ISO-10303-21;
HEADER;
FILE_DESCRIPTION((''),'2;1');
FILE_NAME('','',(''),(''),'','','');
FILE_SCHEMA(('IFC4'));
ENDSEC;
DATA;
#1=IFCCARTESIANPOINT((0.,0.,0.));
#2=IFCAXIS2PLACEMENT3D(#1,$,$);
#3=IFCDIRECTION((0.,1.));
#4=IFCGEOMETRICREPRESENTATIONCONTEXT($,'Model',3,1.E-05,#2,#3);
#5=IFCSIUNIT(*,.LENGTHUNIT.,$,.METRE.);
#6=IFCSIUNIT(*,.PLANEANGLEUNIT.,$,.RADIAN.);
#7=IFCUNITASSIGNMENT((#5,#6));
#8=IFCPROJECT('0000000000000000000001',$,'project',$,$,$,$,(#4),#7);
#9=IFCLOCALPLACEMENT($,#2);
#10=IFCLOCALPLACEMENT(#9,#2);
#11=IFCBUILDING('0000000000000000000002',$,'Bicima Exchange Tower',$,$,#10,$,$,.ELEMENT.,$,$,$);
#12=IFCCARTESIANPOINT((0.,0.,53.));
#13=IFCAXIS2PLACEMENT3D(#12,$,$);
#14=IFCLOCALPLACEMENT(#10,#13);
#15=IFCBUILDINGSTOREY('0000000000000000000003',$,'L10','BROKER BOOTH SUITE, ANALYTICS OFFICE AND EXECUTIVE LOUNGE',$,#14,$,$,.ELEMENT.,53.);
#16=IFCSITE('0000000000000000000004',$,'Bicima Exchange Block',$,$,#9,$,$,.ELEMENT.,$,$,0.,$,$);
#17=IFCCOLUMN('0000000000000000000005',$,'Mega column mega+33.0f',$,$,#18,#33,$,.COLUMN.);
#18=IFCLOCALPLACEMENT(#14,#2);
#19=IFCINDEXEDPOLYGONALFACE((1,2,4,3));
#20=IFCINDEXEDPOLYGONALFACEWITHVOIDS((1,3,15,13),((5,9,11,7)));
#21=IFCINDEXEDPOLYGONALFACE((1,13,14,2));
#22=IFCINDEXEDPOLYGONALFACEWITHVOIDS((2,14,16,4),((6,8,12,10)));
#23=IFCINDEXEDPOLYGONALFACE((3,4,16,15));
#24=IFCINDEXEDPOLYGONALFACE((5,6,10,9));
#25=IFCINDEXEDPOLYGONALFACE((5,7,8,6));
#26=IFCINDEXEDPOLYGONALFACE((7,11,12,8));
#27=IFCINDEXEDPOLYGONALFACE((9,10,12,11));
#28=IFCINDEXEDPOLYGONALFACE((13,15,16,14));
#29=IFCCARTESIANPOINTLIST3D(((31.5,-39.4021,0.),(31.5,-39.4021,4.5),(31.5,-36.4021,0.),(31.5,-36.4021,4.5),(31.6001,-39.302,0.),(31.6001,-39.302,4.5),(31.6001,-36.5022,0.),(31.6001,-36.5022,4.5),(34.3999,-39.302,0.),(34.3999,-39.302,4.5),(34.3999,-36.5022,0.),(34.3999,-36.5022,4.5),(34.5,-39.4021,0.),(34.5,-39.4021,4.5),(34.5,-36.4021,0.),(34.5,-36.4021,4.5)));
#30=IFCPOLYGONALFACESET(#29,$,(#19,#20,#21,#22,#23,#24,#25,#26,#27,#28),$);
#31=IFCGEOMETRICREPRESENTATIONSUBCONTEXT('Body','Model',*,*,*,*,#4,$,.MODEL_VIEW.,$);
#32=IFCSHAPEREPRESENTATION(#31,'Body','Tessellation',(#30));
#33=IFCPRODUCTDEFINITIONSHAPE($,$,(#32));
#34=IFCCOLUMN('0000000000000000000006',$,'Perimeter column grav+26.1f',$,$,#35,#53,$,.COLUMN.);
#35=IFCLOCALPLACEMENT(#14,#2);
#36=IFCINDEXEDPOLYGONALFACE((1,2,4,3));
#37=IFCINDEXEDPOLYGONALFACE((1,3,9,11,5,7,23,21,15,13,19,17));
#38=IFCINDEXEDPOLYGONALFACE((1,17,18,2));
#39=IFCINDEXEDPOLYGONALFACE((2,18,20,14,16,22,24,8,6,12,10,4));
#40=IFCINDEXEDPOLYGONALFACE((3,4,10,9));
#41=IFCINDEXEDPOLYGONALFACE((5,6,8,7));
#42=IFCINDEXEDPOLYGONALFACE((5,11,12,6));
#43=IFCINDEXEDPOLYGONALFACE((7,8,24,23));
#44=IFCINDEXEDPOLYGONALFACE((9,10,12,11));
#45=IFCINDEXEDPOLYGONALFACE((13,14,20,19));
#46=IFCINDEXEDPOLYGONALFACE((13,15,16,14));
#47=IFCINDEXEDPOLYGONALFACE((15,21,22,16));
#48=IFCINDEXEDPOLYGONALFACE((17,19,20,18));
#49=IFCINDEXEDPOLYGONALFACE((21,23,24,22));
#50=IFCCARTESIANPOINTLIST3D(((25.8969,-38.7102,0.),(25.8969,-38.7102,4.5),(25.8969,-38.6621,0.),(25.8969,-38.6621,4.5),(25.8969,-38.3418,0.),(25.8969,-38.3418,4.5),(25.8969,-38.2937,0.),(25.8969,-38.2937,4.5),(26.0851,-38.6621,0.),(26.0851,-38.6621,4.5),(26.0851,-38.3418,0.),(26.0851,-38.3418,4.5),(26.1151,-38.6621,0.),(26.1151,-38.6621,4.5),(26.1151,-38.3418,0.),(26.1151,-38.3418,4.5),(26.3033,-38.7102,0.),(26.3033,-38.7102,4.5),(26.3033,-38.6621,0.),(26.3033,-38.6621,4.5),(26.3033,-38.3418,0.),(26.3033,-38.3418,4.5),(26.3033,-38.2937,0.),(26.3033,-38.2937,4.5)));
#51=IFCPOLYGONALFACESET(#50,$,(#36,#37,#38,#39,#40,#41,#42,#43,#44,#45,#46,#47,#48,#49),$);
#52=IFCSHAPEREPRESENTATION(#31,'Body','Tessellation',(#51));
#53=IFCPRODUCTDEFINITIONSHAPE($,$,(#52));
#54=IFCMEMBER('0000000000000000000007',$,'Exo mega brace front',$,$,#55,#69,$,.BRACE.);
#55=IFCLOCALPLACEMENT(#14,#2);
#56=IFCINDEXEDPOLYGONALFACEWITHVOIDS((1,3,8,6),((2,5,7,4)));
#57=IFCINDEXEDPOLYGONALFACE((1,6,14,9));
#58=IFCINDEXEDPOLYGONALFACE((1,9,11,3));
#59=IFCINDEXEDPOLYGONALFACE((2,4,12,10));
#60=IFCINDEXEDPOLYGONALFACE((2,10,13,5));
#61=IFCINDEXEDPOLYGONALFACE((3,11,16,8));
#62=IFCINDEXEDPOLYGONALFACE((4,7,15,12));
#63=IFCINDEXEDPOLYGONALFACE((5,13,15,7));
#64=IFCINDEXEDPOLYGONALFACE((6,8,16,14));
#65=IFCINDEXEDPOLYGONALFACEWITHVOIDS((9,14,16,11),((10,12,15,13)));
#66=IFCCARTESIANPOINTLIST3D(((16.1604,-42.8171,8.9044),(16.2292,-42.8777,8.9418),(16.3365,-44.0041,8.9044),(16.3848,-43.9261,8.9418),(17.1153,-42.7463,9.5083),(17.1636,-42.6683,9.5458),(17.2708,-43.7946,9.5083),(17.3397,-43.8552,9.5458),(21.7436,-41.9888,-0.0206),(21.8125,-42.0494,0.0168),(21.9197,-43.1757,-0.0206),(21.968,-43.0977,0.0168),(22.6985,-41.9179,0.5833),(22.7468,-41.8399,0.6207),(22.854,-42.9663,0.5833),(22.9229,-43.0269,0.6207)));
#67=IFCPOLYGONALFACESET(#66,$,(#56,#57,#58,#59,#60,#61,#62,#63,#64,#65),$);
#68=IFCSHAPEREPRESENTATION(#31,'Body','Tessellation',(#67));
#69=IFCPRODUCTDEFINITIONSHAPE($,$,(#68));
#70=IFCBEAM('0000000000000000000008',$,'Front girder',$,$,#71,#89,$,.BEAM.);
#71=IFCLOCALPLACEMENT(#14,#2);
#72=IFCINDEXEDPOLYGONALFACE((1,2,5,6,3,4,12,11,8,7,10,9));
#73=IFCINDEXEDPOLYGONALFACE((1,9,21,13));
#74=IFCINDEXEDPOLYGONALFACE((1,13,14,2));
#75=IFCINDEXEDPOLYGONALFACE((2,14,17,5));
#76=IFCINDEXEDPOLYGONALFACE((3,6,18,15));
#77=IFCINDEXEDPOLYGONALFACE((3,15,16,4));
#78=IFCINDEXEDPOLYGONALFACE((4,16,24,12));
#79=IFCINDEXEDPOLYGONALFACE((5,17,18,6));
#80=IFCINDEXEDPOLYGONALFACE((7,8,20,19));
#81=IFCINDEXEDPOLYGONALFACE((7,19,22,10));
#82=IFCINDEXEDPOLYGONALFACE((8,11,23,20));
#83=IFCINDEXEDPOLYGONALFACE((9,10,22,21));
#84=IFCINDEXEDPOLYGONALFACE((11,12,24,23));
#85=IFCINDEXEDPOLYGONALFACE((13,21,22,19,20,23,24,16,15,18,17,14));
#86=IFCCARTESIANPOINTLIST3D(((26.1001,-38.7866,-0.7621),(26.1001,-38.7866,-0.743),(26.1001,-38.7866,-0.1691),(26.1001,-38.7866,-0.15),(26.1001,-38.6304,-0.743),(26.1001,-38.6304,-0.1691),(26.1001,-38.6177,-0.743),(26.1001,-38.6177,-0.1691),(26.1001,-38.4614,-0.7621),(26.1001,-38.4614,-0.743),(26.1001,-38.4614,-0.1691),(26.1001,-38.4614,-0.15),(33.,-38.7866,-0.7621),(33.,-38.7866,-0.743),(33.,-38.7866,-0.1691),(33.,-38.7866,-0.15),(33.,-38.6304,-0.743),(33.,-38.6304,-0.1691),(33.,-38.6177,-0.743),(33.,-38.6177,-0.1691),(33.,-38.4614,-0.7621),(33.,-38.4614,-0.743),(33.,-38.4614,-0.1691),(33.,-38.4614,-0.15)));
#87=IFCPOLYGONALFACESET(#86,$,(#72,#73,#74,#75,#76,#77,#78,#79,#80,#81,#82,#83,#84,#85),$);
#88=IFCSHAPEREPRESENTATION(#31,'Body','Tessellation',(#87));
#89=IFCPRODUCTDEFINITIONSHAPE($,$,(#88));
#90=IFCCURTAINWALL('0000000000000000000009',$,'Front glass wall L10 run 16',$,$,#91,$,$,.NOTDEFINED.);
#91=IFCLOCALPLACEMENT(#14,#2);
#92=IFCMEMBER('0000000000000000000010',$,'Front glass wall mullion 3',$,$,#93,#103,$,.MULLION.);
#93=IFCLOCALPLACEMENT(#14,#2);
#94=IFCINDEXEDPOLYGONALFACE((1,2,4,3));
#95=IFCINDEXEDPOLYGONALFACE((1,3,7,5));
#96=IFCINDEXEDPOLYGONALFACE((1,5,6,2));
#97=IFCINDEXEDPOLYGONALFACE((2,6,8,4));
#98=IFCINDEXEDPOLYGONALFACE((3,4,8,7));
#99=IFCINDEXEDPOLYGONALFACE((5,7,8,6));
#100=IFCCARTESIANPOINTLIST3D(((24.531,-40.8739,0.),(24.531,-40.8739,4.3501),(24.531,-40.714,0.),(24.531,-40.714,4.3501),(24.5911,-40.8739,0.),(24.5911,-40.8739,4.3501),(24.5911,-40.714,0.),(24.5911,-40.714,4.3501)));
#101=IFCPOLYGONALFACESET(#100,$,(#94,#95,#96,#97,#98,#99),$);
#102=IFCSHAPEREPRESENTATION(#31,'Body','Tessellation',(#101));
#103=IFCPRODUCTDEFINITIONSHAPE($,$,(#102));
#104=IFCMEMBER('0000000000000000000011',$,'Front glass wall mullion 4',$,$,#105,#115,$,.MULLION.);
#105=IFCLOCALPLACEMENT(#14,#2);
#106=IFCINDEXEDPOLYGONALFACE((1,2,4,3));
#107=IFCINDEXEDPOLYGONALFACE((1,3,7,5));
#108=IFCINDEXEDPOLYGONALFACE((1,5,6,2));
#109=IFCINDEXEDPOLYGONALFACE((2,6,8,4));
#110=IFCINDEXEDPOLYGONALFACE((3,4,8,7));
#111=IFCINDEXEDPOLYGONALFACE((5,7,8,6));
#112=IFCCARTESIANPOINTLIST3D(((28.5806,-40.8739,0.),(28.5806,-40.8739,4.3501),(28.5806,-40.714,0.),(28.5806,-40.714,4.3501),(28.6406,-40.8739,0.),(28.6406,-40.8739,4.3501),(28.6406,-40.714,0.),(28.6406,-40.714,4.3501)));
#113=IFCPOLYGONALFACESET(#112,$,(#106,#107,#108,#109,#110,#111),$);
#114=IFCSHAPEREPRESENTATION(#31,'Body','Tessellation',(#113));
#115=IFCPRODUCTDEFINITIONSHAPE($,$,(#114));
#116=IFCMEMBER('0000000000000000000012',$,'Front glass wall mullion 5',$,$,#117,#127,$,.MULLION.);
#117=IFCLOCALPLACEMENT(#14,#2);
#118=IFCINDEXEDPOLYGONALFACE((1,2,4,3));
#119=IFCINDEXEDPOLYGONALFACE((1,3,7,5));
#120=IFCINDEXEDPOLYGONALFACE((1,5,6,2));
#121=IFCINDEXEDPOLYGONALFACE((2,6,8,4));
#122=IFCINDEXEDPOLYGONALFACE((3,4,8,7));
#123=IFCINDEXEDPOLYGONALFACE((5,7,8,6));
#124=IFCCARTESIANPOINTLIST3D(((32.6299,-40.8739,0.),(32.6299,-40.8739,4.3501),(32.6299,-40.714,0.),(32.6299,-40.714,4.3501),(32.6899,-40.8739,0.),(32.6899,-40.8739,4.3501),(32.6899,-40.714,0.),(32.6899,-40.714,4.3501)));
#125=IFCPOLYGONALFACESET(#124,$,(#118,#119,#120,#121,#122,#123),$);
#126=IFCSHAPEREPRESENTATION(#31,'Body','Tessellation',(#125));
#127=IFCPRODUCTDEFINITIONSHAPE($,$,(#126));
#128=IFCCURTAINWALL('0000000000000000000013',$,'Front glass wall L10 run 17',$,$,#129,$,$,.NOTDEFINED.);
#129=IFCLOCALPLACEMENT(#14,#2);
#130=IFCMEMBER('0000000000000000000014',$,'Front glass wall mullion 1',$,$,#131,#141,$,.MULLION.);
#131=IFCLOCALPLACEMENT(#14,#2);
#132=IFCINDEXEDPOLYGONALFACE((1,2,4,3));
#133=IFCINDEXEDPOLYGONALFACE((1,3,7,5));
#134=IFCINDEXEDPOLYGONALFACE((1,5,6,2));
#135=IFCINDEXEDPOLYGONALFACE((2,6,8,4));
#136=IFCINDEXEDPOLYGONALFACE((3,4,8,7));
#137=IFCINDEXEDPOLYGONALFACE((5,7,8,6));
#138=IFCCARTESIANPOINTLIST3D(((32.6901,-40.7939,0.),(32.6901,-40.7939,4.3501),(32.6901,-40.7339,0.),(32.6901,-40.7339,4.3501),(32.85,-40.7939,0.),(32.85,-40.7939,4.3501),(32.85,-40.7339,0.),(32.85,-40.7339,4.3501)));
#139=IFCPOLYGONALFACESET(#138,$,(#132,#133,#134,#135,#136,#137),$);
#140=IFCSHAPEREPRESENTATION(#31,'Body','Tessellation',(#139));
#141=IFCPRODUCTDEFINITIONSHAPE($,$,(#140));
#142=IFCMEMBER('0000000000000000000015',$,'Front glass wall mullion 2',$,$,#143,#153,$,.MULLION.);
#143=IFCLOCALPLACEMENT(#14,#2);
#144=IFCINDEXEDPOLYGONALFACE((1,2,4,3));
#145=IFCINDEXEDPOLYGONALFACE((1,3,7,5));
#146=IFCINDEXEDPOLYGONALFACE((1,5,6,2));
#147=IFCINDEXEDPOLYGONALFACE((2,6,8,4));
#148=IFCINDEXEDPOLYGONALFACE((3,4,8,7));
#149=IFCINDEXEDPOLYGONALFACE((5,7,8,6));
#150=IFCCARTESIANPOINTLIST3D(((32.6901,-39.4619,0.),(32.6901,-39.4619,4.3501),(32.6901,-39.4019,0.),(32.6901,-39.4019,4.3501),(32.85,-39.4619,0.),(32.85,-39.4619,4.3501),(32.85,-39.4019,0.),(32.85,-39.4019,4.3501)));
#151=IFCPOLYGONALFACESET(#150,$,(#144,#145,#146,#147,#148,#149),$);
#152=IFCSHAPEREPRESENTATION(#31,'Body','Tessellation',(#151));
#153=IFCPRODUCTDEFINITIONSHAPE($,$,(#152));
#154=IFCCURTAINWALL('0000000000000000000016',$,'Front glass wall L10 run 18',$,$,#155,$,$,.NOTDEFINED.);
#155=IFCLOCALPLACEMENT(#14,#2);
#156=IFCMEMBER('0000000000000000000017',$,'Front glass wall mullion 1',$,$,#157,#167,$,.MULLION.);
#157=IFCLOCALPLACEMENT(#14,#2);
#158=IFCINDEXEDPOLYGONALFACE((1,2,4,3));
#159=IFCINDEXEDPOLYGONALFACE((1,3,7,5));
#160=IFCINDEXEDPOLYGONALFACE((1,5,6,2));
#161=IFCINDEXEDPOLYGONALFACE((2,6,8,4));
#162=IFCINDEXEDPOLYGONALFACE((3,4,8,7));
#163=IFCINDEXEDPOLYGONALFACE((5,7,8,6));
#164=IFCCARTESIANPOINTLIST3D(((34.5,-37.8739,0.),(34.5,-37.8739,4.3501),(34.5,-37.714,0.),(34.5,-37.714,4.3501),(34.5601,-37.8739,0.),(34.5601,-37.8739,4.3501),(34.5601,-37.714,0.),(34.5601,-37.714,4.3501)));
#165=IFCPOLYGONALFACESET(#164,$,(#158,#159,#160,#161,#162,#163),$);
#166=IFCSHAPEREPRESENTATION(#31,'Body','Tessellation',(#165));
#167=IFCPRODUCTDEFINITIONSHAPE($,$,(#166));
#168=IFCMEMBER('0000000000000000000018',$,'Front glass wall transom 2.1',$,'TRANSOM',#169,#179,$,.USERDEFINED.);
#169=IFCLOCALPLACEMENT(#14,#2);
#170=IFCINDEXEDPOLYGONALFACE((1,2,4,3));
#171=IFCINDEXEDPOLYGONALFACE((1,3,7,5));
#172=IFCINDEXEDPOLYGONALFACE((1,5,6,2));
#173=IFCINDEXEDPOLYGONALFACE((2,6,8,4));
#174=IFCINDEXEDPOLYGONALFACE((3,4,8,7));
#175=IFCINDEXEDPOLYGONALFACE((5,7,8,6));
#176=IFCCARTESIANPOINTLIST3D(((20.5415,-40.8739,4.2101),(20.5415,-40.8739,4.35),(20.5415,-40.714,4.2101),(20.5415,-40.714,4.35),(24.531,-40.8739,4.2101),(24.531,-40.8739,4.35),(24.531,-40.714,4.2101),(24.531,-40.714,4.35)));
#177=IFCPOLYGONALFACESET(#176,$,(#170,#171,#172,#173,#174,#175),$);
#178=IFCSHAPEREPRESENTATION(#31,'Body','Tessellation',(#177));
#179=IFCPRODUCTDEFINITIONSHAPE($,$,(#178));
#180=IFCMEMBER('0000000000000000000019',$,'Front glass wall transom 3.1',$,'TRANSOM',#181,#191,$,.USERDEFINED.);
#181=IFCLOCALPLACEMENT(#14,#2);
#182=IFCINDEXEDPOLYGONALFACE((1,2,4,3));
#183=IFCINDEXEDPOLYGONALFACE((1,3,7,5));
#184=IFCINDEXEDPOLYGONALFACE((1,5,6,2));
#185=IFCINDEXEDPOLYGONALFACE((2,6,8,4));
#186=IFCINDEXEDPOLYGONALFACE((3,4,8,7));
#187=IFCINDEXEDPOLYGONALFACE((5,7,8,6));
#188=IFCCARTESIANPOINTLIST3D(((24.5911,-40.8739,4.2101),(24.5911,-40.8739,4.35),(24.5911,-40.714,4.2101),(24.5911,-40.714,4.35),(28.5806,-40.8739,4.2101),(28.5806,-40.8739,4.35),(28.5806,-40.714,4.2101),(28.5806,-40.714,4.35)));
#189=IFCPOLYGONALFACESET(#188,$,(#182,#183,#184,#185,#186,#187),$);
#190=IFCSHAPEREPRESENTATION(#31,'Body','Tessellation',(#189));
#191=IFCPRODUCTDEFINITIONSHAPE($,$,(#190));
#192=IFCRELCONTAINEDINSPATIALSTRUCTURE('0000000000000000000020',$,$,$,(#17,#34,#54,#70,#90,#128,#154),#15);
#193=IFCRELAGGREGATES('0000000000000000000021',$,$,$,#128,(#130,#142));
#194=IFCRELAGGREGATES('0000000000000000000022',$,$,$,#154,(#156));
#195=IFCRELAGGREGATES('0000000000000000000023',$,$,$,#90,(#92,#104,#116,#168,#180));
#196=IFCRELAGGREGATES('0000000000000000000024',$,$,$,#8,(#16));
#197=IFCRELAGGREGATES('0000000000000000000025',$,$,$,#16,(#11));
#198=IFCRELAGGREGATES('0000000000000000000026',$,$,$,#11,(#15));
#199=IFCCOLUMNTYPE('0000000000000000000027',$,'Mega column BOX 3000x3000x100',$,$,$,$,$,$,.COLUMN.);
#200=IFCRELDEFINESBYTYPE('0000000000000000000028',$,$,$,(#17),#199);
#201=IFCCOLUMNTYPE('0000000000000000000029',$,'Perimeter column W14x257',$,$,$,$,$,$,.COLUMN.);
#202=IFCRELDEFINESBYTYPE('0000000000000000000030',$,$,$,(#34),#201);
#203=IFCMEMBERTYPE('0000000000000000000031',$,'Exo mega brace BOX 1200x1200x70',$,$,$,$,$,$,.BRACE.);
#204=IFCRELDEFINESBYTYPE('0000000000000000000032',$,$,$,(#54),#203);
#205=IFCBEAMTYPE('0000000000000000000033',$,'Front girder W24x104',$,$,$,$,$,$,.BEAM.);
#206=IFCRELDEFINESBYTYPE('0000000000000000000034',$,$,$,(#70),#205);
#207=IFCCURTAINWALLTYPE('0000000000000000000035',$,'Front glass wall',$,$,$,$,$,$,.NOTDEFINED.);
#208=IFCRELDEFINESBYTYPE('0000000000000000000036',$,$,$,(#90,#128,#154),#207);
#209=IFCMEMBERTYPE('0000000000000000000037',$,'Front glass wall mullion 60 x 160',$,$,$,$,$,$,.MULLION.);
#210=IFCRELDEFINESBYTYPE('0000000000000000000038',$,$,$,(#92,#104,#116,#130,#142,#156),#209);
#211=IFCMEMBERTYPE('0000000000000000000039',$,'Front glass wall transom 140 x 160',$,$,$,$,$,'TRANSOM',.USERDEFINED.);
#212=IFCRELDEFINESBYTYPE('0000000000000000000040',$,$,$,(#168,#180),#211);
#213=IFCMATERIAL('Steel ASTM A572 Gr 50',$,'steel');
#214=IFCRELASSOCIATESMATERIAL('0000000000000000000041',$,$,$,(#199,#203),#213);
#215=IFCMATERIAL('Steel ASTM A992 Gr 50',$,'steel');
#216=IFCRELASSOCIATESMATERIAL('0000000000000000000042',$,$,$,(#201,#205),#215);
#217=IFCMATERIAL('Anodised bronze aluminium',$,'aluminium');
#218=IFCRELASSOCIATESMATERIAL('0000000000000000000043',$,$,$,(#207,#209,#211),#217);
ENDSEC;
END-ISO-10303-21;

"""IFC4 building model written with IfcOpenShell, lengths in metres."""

from ifc_helpers import new_model, si_unit, direction, frame, origin, origin_2d, place, context, subcontext, project, spatial, rectangle, hollow_rectangle, i_section, extrude, material, material_profile, profile_set, type_object, element, aggregate, save


model = new_model("IFC4")

# Units and contexts
model_context = context("Model", 3, precision=1e-05, world=origin(), true_north=direction((0.0, 1.0)))
body_context = subcontext(model_context, "Body", "Model", "MODEL_VIEW")
ifc_project = project(units=[si_unit("LENGTHUNIT", "METRE"), si_unit("PLANEANGLEUNIT", "RADIAN")], contexts=[model_context])

# Site, building, storey
site_placement = place(None, origin())
site = spatial("IfcSite", under=ifc_project, at=site_placement, Name="Bicima Exchange Block", CompositionType="ELEMENT", RefElevation=0.0)
building_placement = place(site_placement, origin())
building = spatial("IfcBuilding", under=site, at=building_placement, Name="Bicima Exchange Tower", CompositionType="ELEMENT")
storey_placement = place(building_placement, frame((0.0, 0.0, 53.0)))
storey = spatial("IfcBuildingStorey", under=building, at=storey_placement, Name="L10", Description="BROKER BOOTH SUITE, ANALYTICS OFFICE AND EXECUTIVE LOUNGE", CompositionType="ELEMENT", Elevation=53.0)

# Columns
ifc_material_1 = material(Name="Steel ASTM A572 Gr 50", Category="steel")
ifc_material_profile_1 = material_profile(ifc_material_1, hollow_rectangle(XDim=3.0, YDim=3.0, WallThickness=0.1001, at=origin_2d()))
ifc_profile_set_1 = profile_set([ifc_material_profile_1], Name="Steel ASTM A572 Gr 50")
column_type_1 = type_object("IfcColumnType", Name="Mega column BOX 3000x3000x100", PredefinedType="COLUMN", material=ifc_profile_set_1)
column_1_placement = place(storey_placement, frame((33.0, -37.9021, 0.0), z_axis=(0.0, 0.0, 1.0), x_axis=(1.0, 0.0, 0.0)))
element("IfcColumn", 1, at=column_1_placement, inside=storey, type_object=column_type_1, Name="Mega column mega+33.0f", PredefinedType="COLUMN", context=body_context, shape_type="SweptSolid", body=[
    extrude(hollow_rectangle(XDim=3.0, YDim=3.0, WallThickness=0.1001, at=origin_2d()), origin(), (0.0, 0.0, 1.0), 4.5),
])
ifc_material_2 = material(Name="Steel ASTM A992 Gr 50", Category="steel")
ifc_material_profile_2 = material_profile(ifc_material_2, i_section(OverallWidth=0.4065, OverallDepth=0.4165, WebThickness=0.03, FlangeThickness=0.0481, at=origin_2d()))
ifc_profile_set_2 = profile_set([ifc_material_profile_2], Name="Steel ASTM A992 Gr 50")
column_type_2 = type_object("IfcColumnType", Name="Perimeter column W14x257", PredefinedType="COLUMN", material=ifc_profile_set_2)
column_2_placement = place(storey_placement, frame((26.1001, -38.502, 0.0), z_axis=(0.0, 0.0, 1.0), x_axis=(1.0, 0.0, 0.0)))
element("IfcColumn", 2, at=column_2_placement, inside=storey, type_object=column_type_2, Name="Perimeter column grav+26.1f", PredefinedType="COLUMN", context=body_context, shape_type="SweptSolid", body=[
    extrude(i_section(OverallWidth=0.4065, OverallDepth=0.4165, WebThickness=0.03, FlangeThickness=0.0481, at=origin_2d()), origin(), (0.0, 0.0, 1.0), 4.5),
])

# Member
ifc_material_profile_3 = material_profile(ifc_material_1, hollow_rectangle(XDim=1.2, YDim=1.2, WallThickness=0.0701, at=origin_2d()))
ifc_profile_set_3 = profile_set([ifc_material_profile_3], Name="Steel ASTM A572 Gr 50")
member_type_1 = type_object("IfcMemberType", Name="Exo mega brace BOX 1200x1200x70", PredefinedType="BRACE", material=ifc_profile_set_3)
member_1_placement = place(storey_placement, frame((22.3333, -42.5078, 0.3), z_axis=(-0.528713, -0.078443, 0.845168), x_axis=(0.14676, -0.989172, 0.0)))
element("IfcMember", 3, at=member_1_placement, inside=storey, type_object=member_type_1, Name="Exo mega brace front", PredefinedType="BRACE", context=body_context, shape_type="SweptSolid", body=[
    extrude(hollow_rectangle(XDim=1.2, YDim=1.2, WallThickness=0.0701, at=origin_2d()), origin(), (0.0, 0.0, 1.0), 10.5601),
])

# Beam
ifc_material_profile_4 = material_profile(ifc_material_2, i_section(OverallWidth=0.3252, OverallDepth=0.6121, WebThickness=0.0127, FlangeThickness=0.019, at=origin_2d()))
ifc_profile_set_4 = profile_set([ifc_material_profile_4], Name="Steel ASTM A992 Gr 50")
beam_type = type_object("IfcBeamType", Name="Front girder W24x104", PredefinedType="BEAM", material=ifc_profile_set_4)
beam_placement = place(storey_placement, frame((26.1001, -38.624, -0.4561), z_axis=(1.0, 0.0, 0.0), x_axis=(0.0, 1.0, 0.0)))
element("IfcBeam", 4, at=beam_placement, inside=storey, type_object=beam_type, Name="Front girder", PredefinedType="BEAM", context=body_context, shape_type="SweptSolid", body=[
    extrude(i_section(OverallWidth=0.3252, OverallDepth=0.6121, WebThickness=0.0127, FlangeThickness=0.019, at=origin_2d()), origin(), (0.0, 0.0, 1.0), 6.8999),
])

# Curtain walls, members
ifc_material_3 = material(Name="Anodised bronze aluminium", Category="aluminium")
curtain_wall_type = type_object("IfcCurtainWallType", Name="Front glass wall", PredefinedType="NOTDEFINED", material=ifc_material_3)
curtain_wall_1_placement = place(storey_placement, origin())
curtain_wall_1 = element("IfcCurtainWall", 5, at=curtain_wall_1_placement, inside=storey, type_object=curtain_wall_type, Name="Front glass wall L10 run 16", PredefinedType="NOTDEFINED")
ifc_material_profile_5 = material_profile(ifc_material_3, rectangle(XDim=0.1599, YDim=0.0601, at=origin_2d()))
ifc_profile_set_5 = profile_set([ifc_material_profile_5], Name="Anodised bronze aluminium")
member_type_2 = type_object("IfcMemberType", Name="Front glass wall mullion 60 x 160", PredefinedType="MULLION", material=ifc_profile_set_5)
member_2_placement = place(storey_placement, frame((24.561, -40.7939, 0.0), z_axis=(0.0, 0.0, 1.0), x_axis=(0.0, 1.0, 0.0)))
member_2 = element("IfcMember", 6, at=member_2_placement, type_object=member_type_2, Name="Front glass wall mullion 3", PredefinedType="MULLION", context=body_context, shape_type="SweptSolid", body=[
    extrude(rectangle(XDim=0.1599, YDim=0.0601, at=origin_2d()), origin(), (0.0, 0.0, 1.0), 4.3501),
])
member_3_placement = place(storey_placement, frame((28.6106, -40.7939, 0.0), z_axis=(0.0, 0.0, 1.0), x_axis=(0.0, 1.0, 0.0)))
member_3 = element("IfcMember", 7, at=member_3_placement, type_object=member_type_2, Name="Front glass wall mullion 4", PredefinedType="MULLION", context=body_context, shape_type="SweptSolid", body=[
    extrude(rectangle(XDim=0.1599, YDim=0.0601, at=origin_2d()), origin(), (0.0, 0.0, 1.0), 4.3501),
])
member_4_placement = place(storey_placement, frame((32.6599, -40.7939, 0.0), z_axis=(0.0, 0.0, 1.0), x_axis=(0.0, 1.0, 0.0)))
member_4 = element("IfcMember", 8, at=member_4_placement, type_object=member_type_2, Name="Front glass wall mullion 5", PredefinedType="MULLION", context=body_context, shape_type="SweptSolid", body=[
    extrude(rectangle(XDim=0.1599, YDim=0.0601, at=origin_2d()), origin(), (0.0, 0.0, 1.0), 4.3501),
])
curtain_wall_2_placement = place(storey_placement, origin())
curtain_wall_2 = element("IfcCurtainWall", 9, at=curtain_wall_2_placement, inside=storey, type_object=curtain_wall_type, Name="Front glass wall L10 run 17", PredefinedType="NOTDEFINED")
member_5_placement = place(storey_placement, frame((32.77, -40.7639, 0.0), z_axis=(0.0, 0.0, 1.0), x_axis=(-1.0, 0.0, 0.0)))
member_5 = element("IfcMember", 10, at=member_5_placement, type_object=member_type_2, Name="Front glass wall mullion 1", PredefinedType="MULLION", context=body_context, shape_type="SweptSolid", body=[
    extrude(rectangle(XDim=0.1599, YDim=0.0601, at=origin_2d()), origin(), (0.0, 0.0, 1.0), 4.3501),
])
member_6_placement = place(storey_placement, frame((32.77, -39.4319, 0.0), z_axis=(0.0, 0.0, 1.0), x_axis=(-1.0, 0.0, 0.0)))
member_6 = element("IfcMember", 11, at=member_6_placement, type_object=member_type_2, Name="Front glass wall mullion 2", PredefinedType="MULLION", context=body_context, shape_type="SweptSolid", body=[
    extrude(rectangle(XDim=0.1599, YDim=0.0601, at=origin_2d()), origin(), (0.0, 0.0, 1.0), 4.3501),
])

# Curtain wall, member
curtain_wall_3_placement = place(storey_placement, origin())
curtain_wall_3 = element("IfcCurtainWall", 12, at=curtain_wall_3_placement, inside=storey, type_object=curtain_wall_type, Name="Front glass wall L10 run 18", PredefinedType="NOTDEFINED")
member_7_placement = place(storey_placement, frame((34.53, -37.7939, 0.0), z_axis=(0.0, 0.0, 1.0), x_axis=(0.0, 1.0, 0.0)))
member_7 = element("IfcMember", 13, at=member_7_placement, type_object=member_type_2, Name="Front glass wall mullion 1", PredefinedType="MULLION", context=body_context, shape_type="SweptSolid", body=[
    extrude(rectangle(XDim=0.1599, YDim=0.0601, at=origin_2d()), origin(), (0.0, 0.0, 1.0), 4.3501),
])

# Members
ifc_material_profile_6 = material_profile(ifc_material_3, rectangle(XDim=0.1599, YDim=0.1399, at=origin_2d()))
ifc_profile_set_6 = profile_set([ifc_material_profile_6], Name="Anodised bronze aluminium")
member_type_3 = type_object("IfcMemberType", Name="Front glass wall transom 140 x 160", ElementType="TRANSOM", PredefinedType="USERDEFINED", material=ifc_profile_set_6)
member_8_placement = place(storey_placement, frame((20.5415, -40.7939, 4.28), z_axis=(1.0, 0.0, 0.0), x_axis=(0.0, 1.0, 0.0)))
member_8 = element("IfcMember", 14, at=member_8_placement, type_object=member_type_3, Name="Front glass wall transom 2.1", ObjectType="TRANSOM", PredefinedType="USERDEFINED", context=body_context, shape_type="SweptSolid", body=[
    extrude(rectangle(XDim=0.1599, YDim=0.1399, at=origin_2d()), origin(), (0.0, 0.0, 1.0), 3.9895),
])
member_9_placement = place(storey_placement, frame((24.5911, -40.7939, 4.28), z_axis=(1.0, 0.0, 0.0), x_axis=(0.0, 1.0, 0.0)))
member_9 = element("IfcMember", 15, at=member_9_placement, type_object=member_type_3, Name="Front glass wall transom 3.1", ObjectType="TRANSOM", PredefinedType="USERDEFINED", context=body_context, shape_type="SweptSolid", body=[
    extrude(rectangle(XDim=0.1599, YDim=0.1399, at=origin_2d()), origin(), (0.0, 0.0, 1.0), 3.9895),
])

aggregate(curtain_wall_2, [member_5, member_6])
aggregate(curtain_wall_3, [member_7])
aggregate(curtain_wall_1, [member_2, member_3, member_4, member_8, member_9])

save(model, "model.ifc")
